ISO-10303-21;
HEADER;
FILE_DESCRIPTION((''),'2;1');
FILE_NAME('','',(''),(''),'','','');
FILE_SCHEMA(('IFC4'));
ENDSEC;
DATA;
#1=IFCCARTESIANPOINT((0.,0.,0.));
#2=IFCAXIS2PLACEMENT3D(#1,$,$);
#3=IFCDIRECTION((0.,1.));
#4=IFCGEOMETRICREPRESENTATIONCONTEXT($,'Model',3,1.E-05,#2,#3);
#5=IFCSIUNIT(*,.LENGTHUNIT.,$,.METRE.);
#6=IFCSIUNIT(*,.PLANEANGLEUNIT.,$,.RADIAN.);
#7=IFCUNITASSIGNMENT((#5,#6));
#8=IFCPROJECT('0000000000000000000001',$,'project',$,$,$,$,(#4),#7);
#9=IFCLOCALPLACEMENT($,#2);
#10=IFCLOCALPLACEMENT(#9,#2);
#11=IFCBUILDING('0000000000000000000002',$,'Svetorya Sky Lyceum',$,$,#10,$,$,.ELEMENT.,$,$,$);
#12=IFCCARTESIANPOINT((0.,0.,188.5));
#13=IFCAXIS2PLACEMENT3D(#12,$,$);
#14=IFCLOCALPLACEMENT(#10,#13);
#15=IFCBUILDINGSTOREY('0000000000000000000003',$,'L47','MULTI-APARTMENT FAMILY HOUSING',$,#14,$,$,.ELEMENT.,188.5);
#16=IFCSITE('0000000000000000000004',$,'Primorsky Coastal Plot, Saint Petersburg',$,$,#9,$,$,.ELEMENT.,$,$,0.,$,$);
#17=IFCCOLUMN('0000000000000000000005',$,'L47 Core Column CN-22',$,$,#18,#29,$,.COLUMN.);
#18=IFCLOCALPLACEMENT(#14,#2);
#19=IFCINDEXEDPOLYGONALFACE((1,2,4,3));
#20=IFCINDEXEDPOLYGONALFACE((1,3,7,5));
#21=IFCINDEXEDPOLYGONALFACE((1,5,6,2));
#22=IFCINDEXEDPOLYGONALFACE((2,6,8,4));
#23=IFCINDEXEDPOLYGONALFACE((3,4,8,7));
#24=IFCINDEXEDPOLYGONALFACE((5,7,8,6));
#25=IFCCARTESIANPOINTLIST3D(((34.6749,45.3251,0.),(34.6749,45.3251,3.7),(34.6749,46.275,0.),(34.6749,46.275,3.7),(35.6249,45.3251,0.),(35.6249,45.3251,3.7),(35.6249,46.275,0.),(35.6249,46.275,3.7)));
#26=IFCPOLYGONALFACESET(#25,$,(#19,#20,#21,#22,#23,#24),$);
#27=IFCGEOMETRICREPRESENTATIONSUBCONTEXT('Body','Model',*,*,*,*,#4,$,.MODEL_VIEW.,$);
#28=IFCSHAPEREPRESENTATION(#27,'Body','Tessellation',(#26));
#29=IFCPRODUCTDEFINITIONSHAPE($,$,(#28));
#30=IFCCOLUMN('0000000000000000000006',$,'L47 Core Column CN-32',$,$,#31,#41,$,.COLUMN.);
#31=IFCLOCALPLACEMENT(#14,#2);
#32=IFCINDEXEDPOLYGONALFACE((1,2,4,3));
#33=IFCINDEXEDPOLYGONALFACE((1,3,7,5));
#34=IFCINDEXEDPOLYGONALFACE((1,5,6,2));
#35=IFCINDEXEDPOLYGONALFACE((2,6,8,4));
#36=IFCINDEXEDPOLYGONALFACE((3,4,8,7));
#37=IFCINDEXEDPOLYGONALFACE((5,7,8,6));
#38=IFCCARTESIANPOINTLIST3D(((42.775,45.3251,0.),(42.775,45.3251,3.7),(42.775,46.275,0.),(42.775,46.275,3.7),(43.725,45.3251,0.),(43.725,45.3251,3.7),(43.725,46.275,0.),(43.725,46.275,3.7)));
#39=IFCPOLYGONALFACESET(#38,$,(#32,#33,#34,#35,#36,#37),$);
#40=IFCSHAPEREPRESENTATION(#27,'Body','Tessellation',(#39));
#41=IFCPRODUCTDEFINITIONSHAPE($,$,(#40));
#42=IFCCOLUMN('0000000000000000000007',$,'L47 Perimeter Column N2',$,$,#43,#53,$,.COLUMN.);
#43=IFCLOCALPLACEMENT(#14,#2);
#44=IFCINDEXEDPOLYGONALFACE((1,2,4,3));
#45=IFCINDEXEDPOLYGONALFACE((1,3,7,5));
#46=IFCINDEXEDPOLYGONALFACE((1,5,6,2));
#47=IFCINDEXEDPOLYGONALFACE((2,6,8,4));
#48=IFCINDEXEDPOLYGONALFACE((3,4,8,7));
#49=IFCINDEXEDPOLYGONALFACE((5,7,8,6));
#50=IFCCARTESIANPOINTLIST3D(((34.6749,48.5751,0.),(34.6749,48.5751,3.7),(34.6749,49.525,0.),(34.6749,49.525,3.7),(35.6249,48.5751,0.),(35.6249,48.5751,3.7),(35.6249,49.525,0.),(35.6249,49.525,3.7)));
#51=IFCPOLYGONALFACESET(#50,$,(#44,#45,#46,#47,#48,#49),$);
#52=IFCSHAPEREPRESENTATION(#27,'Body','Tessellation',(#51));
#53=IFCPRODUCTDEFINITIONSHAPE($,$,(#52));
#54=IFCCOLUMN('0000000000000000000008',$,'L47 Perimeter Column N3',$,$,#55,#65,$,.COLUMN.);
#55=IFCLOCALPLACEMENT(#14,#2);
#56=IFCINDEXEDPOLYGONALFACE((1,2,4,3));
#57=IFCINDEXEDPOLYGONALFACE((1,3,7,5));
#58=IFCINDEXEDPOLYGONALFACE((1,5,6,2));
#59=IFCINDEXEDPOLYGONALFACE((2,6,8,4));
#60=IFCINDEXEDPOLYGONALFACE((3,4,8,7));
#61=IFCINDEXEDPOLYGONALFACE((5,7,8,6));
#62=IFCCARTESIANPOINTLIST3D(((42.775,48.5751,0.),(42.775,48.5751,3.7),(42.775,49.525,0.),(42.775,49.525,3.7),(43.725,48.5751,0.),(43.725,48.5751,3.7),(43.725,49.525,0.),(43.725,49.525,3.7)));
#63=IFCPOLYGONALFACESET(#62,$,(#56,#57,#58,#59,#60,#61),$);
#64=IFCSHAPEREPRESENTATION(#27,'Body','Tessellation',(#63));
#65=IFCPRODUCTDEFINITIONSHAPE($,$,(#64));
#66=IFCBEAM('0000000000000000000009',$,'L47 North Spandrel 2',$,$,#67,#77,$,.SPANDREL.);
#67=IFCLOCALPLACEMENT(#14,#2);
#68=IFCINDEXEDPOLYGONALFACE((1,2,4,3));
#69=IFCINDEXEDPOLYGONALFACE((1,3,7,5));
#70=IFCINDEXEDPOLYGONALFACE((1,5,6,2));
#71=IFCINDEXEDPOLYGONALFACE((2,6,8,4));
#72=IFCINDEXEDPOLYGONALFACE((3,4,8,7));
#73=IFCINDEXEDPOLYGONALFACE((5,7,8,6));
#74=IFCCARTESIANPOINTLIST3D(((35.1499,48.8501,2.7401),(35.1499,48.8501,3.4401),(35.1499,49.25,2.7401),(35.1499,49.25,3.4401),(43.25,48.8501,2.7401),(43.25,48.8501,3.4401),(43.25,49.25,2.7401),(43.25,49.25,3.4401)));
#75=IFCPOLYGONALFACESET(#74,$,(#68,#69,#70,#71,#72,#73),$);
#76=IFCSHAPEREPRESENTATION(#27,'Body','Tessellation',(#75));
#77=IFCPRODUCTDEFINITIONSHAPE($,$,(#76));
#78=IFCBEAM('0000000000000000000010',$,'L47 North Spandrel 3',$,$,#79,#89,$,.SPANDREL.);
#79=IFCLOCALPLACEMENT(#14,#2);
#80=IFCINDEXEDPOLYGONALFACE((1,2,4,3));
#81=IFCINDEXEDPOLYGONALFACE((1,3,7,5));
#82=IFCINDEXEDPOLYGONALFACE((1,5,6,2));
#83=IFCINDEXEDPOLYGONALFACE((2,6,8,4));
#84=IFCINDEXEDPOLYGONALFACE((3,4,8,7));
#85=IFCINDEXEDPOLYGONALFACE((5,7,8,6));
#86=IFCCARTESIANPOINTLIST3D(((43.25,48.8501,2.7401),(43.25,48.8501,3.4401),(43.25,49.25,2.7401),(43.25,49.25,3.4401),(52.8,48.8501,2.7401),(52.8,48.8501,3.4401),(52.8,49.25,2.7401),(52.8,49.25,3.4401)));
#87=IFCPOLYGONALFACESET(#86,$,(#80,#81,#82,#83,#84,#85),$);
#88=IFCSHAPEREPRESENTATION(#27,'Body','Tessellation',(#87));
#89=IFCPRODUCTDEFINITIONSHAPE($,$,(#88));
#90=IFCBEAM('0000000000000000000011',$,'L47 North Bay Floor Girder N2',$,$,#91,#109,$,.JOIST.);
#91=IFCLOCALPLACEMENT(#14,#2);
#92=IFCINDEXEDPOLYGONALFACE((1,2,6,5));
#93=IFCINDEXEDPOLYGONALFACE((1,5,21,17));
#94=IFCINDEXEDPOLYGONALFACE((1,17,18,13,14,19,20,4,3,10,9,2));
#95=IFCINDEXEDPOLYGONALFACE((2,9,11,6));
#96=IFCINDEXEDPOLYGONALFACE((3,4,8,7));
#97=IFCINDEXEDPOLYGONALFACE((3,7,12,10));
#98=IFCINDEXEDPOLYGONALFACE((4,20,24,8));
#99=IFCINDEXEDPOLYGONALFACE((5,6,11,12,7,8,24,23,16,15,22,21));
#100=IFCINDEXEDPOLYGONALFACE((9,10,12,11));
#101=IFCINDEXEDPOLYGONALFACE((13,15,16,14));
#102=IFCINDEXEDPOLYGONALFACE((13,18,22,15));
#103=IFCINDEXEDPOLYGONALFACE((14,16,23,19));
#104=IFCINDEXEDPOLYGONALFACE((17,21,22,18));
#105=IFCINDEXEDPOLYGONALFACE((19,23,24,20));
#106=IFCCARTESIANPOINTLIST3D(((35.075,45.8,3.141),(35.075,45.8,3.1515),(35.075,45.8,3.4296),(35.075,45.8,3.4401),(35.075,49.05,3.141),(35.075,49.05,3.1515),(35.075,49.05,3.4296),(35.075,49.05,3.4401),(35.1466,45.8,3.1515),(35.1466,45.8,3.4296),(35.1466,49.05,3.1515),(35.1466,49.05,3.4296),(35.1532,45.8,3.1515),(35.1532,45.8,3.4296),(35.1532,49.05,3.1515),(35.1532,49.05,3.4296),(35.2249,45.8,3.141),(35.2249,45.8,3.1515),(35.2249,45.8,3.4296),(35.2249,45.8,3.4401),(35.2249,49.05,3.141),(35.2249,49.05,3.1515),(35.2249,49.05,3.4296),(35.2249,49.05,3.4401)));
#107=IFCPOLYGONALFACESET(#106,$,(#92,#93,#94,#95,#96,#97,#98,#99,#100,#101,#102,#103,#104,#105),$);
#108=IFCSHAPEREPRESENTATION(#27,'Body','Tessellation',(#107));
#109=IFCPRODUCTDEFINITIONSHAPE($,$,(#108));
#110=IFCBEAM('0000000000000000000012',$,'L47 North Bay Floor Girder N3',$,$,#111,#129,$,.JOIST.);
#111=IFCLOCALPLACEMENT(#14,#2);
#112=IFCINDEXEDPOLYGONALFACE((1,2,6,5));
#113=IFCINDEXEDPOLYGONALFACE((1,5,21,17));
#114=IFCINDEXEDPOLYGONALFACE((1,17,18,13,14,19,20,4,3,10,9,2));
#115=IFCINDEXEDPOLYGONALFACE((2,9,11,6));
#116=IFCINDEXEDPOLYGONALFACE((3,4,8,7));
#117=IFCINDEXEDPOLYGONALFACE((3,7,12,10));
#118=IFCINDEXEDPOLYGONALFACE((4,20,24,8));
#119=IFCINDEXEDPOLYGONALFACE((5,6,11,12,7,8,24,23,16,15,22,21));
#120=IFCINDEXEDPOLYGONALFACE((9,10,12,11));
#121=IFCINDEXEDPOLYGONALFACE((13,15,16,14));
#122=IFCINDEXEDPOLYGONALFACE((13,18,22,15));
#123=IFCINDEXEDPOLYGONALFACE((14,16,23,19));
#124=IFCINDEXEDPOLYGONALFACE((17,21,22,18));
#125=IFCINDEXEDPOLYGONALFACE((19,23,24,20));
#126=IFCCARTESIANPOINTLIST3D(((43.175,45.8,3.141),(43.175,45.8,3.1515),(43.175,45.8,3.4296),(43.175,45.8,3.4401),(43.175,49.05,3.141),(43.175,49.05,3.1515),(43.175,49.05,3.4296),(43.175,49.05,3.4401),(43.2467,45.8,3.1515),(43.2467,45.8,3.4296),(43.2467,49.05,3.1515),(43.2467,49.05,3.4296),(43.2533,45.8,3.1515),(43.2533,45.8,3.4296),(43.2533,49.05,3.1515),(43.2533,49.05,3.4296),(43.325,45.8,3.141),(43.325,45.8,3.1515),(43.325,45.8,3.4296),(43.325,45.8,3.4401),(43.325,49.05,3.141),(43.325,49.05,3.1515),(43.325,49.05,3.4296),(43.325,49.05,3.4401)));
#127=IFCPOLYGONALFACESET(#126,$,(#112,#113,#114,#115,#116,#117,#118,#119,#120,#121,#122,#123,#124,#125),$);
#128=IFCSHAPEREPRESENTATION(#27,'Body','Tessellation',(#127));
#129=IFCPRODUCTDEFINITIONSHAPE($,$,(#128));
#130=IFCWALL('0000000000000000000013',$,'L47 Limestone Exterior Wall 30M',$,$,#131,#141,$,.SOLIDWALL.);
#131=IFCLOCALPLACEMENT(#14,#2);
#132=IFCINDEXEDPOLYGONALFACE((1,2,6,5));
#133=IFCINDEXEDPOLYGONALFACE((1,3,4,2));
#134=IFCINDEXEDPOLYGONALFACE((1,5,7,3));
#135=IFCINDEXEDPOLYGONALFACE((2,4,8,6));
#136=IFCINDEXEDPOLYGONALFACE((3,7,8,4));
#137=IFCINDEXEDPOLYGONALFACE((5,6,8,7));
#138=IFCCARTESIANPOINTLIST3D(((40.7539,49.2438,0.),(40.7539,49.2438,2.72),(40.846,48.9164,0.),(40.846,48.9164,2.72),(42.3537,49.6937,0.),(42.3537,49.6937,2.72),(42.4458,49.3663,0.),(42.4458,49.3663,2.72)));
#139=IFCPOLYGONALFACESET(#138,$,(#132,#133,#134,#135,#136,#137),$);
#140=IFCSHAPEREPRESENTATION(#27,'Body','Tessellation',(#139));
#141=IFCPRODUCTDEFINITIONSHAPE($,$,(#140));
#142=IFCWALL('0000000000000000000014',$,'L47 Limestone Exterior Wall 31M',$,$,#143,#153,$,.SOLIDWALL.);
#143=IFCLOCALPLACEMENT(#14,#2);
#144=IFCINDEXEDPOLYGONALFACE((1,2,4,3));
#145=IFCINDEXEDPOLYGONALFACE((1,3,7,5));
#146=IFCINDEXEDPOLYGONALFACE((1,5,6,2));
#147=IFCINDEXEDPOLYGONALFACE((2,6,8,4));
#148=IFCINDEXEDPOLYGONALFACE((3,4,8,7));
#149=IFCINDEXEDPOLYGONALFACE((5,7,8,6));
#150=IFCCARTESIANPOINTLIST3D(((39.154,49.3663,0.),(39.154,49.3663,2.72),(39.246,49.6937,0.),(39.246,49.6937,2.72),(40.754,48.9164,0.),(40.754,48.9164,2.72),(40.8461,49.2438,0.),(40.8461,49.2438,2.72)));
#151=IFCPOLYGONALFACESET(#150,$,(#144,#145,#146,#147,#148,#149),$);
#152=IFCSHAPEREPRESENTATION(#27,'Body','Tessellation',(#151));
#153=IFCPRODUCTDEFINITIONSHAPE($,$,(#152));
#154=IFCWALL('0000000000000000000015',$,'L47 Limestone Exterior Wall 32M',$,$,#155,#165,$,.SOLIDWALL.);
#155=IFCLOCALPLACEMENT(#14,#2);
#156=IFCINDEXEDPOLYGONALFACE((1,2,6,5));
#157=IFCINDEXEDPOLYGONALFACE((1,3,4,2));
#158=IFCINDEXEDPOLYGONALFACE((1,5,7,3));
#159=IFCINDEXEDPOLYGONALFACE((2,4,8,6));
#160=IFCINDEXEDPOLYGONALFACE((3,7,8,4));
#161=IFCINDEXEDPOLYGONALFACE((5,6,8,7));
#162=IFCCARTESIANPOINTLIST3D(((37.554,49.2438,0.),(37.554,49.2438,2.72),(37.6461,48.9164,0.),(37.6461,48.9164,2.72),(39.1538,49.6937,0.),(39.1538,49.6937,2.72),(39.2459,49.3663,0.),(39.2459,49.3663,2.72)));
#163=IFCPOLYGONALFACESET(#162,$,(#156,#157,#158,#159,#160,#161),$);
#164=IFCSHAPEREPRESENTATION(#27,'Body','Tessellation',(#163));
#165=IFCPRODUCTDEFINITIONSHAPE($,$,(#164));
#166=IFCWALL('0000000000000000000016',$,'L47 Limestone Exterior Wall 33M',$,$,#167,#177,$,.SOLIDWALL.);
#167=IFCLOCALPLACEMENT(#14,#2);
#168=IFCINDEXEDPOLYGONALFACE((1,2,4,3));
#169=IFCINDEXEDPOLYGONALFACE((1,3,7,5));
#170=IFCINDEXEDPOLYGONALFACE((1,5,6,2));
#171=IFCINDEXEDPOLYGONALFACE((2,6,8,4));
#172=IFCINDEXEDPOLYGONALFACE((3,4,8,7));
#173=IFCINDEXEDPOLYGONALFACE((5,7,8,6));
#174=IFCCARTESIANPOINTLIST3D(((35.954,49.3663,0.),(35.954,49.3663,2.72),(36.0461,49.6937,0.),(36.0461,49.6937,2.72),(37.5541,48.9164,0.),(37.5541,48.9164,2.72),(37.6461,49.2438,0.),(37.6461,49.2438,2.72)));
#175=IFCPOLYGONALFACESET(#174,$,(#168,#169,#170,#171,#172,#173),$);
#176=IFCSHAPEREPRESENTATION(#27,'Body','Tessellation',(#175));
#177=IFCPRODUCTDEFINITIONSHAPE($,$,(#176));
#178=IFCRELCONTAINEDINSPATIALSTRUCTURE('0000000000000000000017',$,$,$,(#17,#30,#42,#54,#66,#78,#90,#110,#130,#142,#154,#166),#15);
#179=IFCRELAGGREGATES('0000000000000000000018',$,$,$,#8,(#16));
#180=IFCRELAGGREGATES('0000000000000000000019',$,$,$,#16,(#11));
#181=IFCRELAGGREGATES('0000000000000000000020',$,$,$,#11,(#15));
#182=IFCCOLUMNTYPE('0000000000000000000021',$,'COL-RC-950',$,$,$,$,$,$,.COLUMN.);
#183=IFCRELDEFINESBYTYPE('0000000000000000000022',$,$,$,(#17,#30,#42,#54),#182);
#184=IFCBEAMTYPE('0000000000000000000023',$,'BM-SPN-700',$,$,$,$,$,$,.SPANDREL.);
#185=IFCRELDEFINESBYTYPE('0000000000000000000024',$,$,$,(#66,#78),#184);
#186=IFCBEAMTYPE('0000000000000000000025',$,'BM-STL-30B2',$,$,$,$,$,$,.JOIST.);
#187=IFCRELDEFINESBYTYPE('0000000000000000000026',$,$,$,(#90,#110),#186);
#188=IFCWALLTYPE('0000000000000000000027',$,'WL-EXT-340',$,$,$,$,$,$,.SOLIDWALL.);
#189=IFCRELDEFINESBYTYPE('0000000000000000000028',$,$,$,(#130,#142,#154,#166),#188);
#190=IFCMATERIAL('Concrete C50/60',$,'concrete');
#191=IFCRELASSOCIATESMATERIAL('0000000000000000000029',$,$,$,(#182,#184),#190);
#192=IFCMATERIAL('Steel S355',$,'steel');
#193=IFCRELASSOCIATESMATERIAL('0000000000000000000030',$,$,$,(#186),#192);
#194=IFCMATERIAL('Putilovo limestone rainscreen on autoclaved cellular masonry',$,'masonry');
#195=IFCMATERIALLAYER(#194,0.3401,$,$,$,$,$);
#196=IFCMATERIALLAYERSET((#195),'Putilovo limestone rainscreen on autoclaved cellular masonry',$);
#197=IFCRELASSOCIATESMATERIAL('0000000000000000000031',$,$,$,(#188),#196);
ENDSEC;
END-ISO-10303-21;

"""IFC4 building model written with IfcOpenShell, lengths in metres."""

from ifc_helpers import new_model, si_unit, direction, frame, frame_2d, origin, origin_2d, place, context, subcontext, project, spatial, rectangle, i_section, extrude, material, layer, layer_set, material_profile, profile_set, type_object, element, save


model = new_model("IFC4")

# Units and contexts
model_context = context("Model", 3, precision=1e-05, world=origin(), true_north=direction((0.0, 1.0)))
body_context = subcontext(model_context, "Body", "Model", "MODEL_VIEW")
ifc_project = project(units=[si_unit("LENGTHUNIT", "METRE"), si_unit("PLANEANGLEUNIT", "RADIAN")], contexts=[model_context])

# Site, building, storey
site_placement = place(None, origin())
site = spatial("IfcSite", under=ifc_project, at=site_placement, Name="Primorsky Coastal Plot, Saint Petersburg", CompositionType="ELEMENT", RefElevation=0.0)
building_placement = place(site_placement, origin())
building = spatial("IfcBuilding", under=site, at=building_placement, Name="Svetorya Sky Lyceum", CompositionType="ELEMENT")
storey_placement = place(building_placement, frame((0.0, 0.0, 188.5)))
storey = spatial("IfcBuildingStorey", under=building, at=storey_placement, Name="L47", Description="MULTI-APARTMENT FAMILY HOUSING", CompositionType="ELEMENT", Elevation=188.5)

# Columns
ifc_material_1 = material(Name="Concrete C50/60", Category="concrete")
ifc_material_profile_1 = material_profile(ifc_material_1, rectangle(XDim=0.95, YDim=0.95, at=origin_2d()), Name="RC COL 950x950")
ifc_profile_set_1 = profile_set([ifc_material_profile_1], Name="Concrete C50/60")
column_type = type_object("IfcColumnType", Name="COL-RC-950", PredefinedType="COLUMN", material=ifc_profile_set_1)
for number, where, z_axis, x_axis, name in (
    (1, (35.1499, 45.8, 0.0), (0.0, 0.0, 1.0), (1.0, 0.0, 0.0), "L47 Core Column CN-22"),
    (2, (43.25, 45.8, 0.0), (0.0, 0.0, 1.0), (1.0, 0.0, 0.0), "L47 Core Column CN-32"),
    (3, (35.1499, 49.05, 0.0), (0.0, 0.0, 1.0), (1.0, 0.0, 0.0), "L47 Perimeter Column N2"),
    (4, (43.25, 49.05, 0.0), (0.0, 0.0, 1.0), (1.0, 0.0, 0.0), "L47 Perimeter Column N3"),
):
    element("IfcColumn", number, at=place(storey_placement, frame(where, z_axis=z_axis, x_axis=x_axis)), inside=storey, type_object=column_type, Name=name, PredefinedType="COLUMN", context=body_context, shape_type="SweptSolid", body=[
        extrude(rectangle(XDim=0.95, YDim=0.95, at=origin_2d()), origin(), (0.0, 0.0, 1.0), 3.7),
    ])

# Beams
ifc_material_profile_2 = material_profile(ifc_material_1, rectangle(XDim=0.3999, YDim=0.7, at=origin_2d()), Name="RC SPANDREL 400x700")
ifc_profile_set_2 = profile_set([ifc_material_profile_2], Name="Concrete C50/60")
beam_type_1 = type_object("IfcBeamType", Name="BM-SPN-700", PredefinedType="SPANDREL", material=ifc_profile_set_2)
beam_1_placement = place(storey_placement, frame((35.1499, 49.05, 3.0901), z_axis=(1.0, 0.0, 0.0), x_axis=(0.0, 1.0, 0.0)))
element("IfcBeam", 5, at=beam_1_placement, inside=storey, type_object=beam_type_1, Name="L47 North Spandrel 2", PredefinedType="SPANDREL", context=body_context, shape_type="SweptSolid", body=[
    extrude(rectangle(XDim=0.3999, YDim=0.7, at=origin_2d()), origin(), (0.0, 0.0, 1.0), 8.1001),
])
beam_2_placement = place(storey_placement, frame((43.25, 49.05, 3.0901), z_axis=(1.0, 0.0, 0.0), x_axis=(0.0, 1.0, 0.0)))
element("IfcBeam", 6, at=beam_2_placement, inside=storey, type_object=beam_type_1, Name="L47 North Spandrel 3", PredefinedType="SPANDREL", context=body_context, shape_type="SweptSolid", body=[
    extrude(rectangle(XDim=0.3999, YDim=0.7, at=origin_2d()), origin(), (0.0, 0.0, 1.0), 9.55),
])
ifc_material_2 = material(Name="Steel S355", Category="steel")
ifc_material_profile_3 = material_profile(ifc_material_2, i_section(OverallWidth=0.1499, OverallDepth=0.2991, WebThickness=0.0066, FlangeThickness=0.0105, at=origin_2d()), Name="GOST 30B2")
ifc_profile_set_3 = profile_set([ifc_material_profile_3], Name="Steel S355")
beam_type_2 = type_object("IfcBeamType", Name="BM-STL-30B2", PredefinedType="JOIST", material=ifc_profile_set_3)
for number, where, z_axis, x_axis, name in (
    (7, (35.1499, 45.8, 3.2905), (0.0, 1.0, 0.0), (-1.0, 0.0, 0.0), "L47 North Bay Floor Girder N2"),
    (8, (43.25, 45.8, 3.2905), (0.0, 1.0, 0.0), (-1.0, 0.0, 0.0), "L47 North Bay Floor Girder N3"),
):
    element("IfcBeam", number, at=place(storey_placement, frame(where, z_axis=z_axis, x_axis=x_axis)), inside=storey, type_object=beam_type_2, Name=name, PredefinedType="JOIST", context=body_context, shape_type="SweptSolid", body=[
        extrude(i_section(OverallWidth=0.1499, OverallDepth=0.2991, WebThickness=0.0066, FlangeThickness=0.0105, at=origin_2d()), origin(), (0.0, 0.0, 1.0), 3.25),
    ])

# Walls
ifc_material_3 = material(Name="Putilovo limestone rainscreen on autoclaved cellular masonry", Category="masonry")
ifc_layer_1 = layer(ifc_material_3, 0.3401)
ifc_layer_set_1 = layer_set([ifc_layer_1], Name="Putilovo limestone rainscreen on autoclaved cellular masonry")
wall_type_1 = type_object("IfcWallType", Name="WL-EXT-340", PredefinedType="SOLIDWALL", material=ifc_layer_set_1)
wall_1_placement = place(storey_placement, frame((42.3999, 49.53, 0.0), z_axis=(0.0, 0.0, 1.0), x_axis=(-0.962652, -0.270741, 0.0)))
element("IfcWall", 9, at=wall_1_placement, inside=storey, type_object=wall_type_1, Name="L47 Limestone Exterior Wall 30M", PredefinedType="SOLIDWALL", context=body_context, shape_type="SweptSolid", body=[
    extrude(rectangle(XDim=1.6619, YDim=0.3401, at=frame_2d((0.8311, 0.0))), origin(), (0.0, 0.0, 1.0), 2.72),
])
wall_2_placement = place(storey_placement, frame((40.8, 49.0801, 0.0), z_axis=(0.0, 0.0, 1.0), x_axis=(-0.962663, 0.270703, 0.0)))
element("IfcWall", 10, at=wall_2_placement, inside=storey, type_object=wall_type_1, Name="L47 Limestone Exterior Wall 31M", PredefinedType="SOLIDWALL", context=body_context, shape_type="SweptSolid", body=[
    extrude(rectangle(XDim=1.6621, YDim=0.3401, at=frame_2d((0.8311, 0.0))), origin(), (0.0, 0.0, 1.0), 2.72),
])
wall_3_placement = place(storey_placement, frame((39.2, 49.53, 0.0), z_axis=(0.0, 0.0, 1.0), x_axis=(-0.962652, -0.270741, 0.0)))
element("IfcWall", 11, at=wall_3_placement, inside=storey, type_object=wall_type_1, Name="L47 Limestone Exterior Wall 32M", PredefinedType="SOLIDWALL", context=body_context, shape_type="SweptSolid", body=[
    extrude(rectangle(XDim=1.6619, YDim=0.3401, at=frame_2d((0.8311, 0.0))), origin(), (0.0, 0.0, 1.0), 2.72),
])
wall_4_placement = place(storey_placement, frame((37.6001, 49.0801, 0.0), z_axis=(0.0, 0.0, 1.0), x_axis=(-0.962663, 0.270703, 0.0)))
element("IfcWall", 12, at=wall_4_placement, inside=storey, type_object=wall_type_1, Name="L47 Limestone Exterior Wall 33M", PredefinedType="SOLIDWALL", context=body_context, shape_type="SweptSolid", body=[
    extrude(rectangle(XDim=1.6621, YDim=0.3401, at=frame_2d((0.8311, 0.0))), origin(), (0.0, 0.0, 1.0), 2.72),
])

save(model, "model.ifc")
